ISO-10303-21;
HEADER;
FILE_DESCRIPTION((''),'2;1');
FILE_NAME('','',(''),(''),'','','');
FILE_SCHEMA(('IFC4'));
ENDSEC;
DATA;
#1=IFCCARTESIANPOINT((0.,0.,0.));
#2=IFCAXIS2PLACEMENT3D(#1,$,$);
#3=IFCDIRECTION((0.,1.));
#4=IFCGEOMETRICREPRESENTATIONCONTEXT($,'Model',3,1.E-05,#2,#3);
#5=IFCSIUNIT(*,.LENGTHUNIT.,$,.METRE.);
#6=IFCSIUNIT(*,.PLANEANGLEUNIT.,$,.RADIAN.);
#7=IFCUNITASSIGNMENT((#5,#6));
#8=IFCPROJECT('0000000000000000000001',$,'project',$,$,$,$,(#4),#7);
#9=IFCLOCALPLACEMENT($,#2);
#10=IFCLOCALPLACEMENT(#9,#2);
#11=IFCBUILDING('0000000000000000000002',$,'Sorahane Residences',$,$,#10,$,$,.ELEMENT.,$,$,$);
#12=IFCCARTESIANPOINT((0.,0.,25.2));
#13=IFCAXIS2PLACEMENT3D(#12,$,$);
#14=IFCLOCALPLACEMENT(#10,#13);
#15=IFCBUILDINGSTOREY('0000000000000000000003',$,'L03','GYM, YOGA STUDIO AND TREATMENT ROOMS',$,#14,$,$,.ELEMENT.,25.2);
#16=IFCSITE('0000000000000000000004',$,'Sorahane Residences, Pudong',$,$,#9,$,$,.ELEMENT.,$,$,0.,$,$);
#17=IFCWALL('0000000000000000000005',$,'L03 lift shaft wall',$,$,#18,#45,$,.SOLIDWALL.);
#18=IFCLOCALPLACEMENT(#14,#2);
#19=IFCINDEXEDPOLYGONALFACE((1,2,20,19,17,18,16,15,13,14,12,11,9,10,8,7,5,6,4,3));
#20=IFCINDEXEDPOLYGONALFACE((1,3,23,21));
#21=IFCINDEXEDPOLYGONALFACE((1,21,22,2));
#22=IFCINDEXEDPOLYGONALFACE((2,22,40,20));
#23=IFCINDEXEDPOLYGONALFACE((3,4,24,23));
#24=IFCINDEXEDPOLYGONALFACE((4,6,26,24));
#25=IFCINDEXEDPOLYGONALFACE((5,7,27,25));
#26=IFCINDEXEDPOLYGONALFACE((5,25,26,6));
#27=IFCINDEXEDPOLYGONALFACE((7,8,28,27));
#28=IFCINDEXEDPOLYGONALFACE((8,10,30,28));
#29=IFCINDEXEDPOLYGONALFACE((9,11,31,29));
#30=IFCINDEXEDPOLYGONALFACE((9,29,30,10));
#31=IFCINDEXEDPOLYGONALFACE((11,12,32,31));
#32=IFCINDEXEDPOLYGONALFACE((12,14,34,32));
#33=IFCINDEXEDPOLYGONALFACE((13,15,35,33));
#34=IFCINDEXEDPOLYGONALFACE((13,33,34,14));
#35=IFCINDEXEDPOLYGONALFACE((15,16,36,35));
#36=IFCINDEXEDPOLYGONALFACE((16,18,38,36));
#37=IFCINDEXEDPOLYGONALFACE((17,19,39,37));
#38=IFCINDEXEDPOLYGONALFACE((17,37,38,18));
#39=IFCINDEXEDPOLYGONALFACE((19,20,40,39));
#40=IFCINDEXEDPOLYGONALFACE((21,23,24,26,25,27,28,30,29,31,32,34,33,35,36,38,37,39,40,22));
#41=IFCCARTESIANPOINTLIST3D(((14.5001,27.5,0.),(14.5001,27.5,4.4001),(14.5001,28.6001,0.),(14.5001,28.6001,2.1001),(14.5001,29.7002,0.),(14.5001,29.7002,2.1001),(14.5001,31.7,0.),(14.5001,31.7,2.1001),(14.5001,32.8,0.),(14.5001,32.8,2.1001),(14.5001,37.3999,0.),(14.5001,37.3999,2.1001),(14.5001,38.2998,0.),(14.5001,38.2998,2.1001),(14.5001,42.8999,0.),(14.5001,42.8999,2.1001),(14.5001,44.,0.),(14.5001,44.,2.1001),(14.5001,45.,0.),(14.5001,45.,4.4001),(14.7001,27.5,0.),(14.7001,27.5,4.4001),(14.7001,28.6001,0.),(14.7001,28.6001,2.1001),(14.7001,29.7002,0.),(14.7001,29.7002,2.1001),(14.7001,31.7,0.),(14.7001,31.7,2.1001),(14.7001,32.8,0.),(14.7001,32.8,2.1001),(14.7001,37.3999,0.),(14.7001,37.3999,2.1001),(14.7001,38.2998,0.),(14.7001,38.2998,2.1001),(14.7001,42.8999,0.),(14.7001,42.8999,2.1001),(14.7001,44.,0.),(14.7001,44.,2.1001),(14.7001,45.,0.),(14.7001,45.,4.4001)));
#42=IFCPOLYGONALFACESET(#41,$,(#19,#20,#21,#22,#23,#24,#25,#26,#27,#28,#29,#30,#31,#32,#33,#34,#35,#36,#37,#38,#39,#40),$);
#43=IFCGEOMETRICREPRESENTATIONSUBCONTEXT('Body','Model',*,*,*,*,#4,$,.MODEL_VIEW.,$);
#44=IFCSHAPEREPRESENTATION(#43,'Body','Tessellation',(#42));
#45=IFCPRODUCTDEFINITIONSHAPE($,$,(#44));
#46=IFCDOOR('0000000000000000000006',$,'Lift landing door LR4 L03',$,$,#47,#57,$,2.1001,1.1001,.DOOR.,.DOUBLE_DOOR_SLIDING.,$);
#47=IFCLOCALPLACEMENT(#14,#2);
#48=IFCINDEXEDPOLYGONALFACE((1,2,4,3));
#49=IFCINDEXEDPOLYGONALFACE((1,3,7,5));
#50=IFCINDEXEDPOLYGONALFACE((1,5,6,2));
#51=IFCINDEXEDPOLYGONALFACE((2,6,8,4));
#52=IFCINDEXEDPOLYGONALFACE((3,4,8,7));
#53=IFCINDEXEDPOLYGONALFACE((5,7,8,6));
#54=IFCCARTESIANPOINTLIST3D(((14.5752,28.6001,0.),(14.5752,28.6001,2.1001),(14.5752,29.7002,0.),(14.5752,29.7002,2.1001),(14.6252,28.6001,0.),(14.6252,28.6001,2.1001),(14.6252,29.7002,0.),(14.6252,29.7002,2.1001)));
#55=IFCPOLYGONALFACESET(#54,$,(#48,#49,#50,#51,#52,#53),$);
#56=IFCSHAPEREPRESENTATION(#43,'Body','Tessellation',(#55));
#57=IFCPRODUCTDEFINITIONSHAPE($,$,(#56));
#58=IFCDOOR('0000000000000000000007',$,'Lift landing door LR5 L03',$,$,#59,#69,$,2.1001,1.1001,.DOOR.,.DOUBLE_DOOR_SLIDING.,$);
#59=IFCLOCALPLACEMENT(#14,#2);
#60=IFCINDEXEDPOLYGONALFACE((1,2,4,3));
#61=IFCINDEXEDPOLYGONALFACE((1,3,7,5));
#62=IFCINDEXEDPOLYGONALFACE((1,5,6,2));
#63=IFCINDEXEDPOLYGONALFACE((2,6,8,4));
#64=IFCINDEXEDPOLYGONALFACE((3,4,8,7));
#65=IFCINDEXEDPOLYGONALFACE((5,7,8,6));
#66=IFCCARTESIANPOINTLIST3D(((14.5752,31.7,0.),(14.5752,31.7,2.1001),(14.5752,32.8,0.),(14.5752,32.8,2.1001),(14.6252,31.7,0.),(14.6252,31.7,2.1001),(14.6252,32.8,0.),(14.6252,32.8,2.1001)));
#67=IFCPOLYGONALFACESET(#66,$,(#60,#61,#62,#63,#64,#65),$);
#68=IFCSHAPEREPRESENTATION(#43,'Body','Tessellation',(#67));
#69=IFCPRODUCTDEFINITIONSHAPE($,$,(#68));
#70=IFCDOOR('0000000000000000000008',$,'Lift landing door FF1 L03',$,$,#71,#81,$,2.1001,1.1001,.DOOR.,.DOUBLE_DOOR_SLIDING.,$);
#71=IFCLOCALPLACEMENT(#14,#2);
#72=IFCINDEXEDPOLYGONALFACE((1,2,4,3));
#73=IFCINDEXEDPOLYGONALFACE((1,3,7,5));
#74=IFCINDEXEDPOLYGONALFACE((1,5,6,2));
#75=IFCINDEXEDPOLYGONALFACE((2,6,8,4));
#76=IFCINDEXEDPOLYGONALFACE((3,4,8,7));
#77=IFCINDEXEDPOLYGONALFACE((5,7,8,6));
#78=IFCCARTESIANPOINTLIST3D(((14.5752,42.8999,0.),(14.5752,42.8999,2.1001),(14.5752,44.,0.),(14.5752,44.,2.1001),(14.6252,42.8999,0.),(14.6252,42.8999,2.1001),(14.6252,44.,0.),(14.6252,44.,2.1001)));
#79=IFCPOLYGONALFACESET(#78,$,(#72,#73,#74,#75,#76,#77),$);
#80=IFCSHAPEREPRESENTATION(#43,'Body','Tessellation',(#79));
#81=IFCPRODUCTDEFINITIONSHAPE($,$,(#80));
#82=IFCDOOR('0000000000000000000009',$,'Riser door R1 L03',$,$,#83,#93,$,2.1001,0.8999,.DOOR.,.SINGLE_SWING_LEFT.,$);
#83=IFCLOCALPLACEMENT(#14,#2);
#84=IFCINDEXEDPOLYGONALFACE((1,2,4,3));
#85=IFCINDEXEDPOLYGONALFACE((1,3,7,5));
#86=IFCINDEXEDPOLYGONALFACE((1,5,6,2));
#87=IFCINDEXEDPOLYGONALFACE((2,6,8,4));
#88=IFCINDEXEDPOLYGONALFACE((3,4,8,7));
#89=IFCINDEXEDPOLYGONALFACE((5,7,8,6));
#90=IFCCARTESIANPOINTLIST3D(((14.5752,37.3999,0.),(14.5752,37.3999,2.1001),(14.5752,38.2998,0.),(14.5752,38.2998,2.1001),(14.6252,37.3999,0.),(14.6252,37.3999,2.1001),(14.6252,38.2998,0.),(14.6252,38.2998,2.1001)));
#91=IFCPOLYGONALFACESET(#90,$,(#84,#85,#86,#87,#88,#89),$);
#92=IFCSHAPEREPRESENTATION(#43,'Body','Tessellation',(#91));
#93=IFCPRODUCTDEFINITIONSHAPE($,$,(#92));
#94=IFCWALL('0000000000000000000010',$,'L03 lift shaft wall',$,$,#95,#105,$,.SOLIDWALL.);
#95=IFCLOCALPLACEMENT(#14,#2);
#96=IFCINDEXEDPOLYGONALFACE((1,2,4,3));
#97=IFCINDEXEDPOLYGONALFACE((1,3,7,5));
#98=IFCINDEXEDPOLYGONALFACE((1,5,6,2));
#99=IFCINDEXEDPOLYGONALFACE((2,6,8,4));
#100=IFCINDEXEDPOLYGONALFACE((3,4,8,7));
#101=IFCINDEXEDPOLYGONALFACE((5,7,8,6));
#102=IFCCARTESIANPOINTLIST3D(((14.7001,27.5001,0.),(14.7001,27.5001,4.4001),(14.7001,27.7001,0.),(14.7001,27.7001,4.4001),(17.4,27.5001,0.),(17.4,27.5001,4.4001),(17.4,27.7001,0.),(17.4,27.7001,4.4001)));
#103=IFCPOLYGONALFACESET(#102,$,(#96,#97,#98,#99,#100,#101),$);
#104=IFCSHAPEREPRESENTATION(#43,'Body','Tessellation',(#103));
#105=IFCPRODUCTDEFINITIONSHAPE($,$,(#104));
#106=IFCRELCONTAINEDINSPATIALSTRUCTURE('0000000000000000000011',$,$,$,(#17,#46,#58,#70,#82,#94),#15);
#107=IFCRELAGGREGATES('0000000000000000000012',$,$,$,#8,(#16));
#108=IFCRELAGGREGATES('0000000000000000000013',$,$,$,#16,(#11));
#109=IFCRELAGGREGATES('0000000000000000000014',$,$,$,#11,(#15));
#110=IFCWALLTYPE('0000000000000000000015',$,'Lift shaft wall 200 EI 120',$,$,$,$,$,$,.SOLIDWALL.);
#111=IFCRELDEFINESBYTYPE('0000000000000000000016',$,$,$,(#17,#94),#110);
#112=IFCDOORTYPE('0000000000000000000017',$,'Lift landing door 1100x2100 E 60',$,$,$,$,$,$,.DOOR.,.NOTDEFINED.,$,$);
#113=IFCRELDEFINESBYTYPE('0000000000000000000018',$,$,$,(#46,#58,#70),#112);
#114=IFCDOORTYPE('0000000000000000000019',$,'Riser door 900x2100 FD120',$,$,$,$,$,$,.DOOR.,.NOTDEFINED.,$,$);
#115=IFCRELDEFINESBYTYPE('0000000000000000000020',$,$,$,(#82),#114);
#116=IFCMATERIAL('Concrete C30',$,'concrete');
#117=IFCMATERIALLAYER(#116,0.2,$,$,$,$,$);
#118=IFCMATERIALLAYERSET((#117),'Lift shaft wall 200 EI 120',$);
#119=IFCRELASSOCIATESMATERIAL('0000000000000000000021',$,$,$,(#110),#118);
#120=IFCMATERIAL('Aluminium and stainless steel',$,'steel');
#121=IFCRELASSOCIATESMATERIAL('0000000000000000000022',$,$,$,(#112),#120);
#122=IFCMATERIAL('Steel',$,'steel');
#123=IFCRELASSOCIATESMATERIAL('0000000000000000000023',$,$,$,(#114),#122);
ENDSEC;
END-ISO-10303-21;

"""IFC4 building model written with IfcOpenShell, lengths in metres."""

from ifc_helpers import new_model, si_unit, direction, frame, frame_2d, origin, place, context, subcontext, project, spatial, rectangle, extrude, material, layer, layer_set, type_object, element, fill, save


model = new_model("IFC4")

# Units and contexts
model_context = context("Model", 3, precision=1e-05, world=origin(), true_north=direction((0.0, 1.0)))
body_context = subcontext(model_context, "Body", "Model", "MODEL_VIEW")
ifc_project = project(units=[si_unit("LENGTHUNIT", "METRE"), si_unit("PLANEANGLEUNIT", "RADIAN")], contexts=[model_context])

# Site, building, storey
site_placement = place(None, origin())
site = spatial("IfcSite", under=ifc_project, at=site_placement, Name="Sorahane Residences, Pudong", CompositionType="ELEMENT", RefElevation=0.0)
building_placement = place(site_placement, origin())
building = spatial("IfcBuilding", under=site, at=building_placement, Name="Sorahane Residences", CompositionType="ELEMENT")
storey_placement = place(building_placement, frame((0.0, 0.0, 25.2)))
storey = spatial("IfcBuildingStorey", under=building, at=storey_placement, Name="L03", Description="GYM, YOGA STUDIO AND TREATMENT ROOMS", CompositionType="ELEMENT", Elevation=25.2)

# Wall, openings, doors
ifc_material_1 = material(Name="Concrete C30", Category="concrete")
ifc_layer_1 = layer(ifc_material_1, 0.2)
ifc_layer_set_1 = layer_set([ifc_layer_1], Name="Lift shaft wall 200 EI 120")
wall_type_1 = type_object("IfcWallType", Name="Lift shaft wall 200 EI 120", PredefinedType="SOLIDWALL", material=ifc_layer_set_1)
wall_1_placement = place(storey_placement, frame((14.6001, 27.5, 0.0), z_axis=(0.0, 0.0, 1.0), x_axis=(0.0, 1.0, 0.0)))
wall_1 = element("IfcWall", 1, at=wall_1_placement, inside=storey, type_object=wall_type_1, Name="L03 lift shaft wall", PredefinedType="SOLIDWALL", context=body_context, shape_type="SweptSolid", body=[
    extrude(rectangle(XDim=17.5, YDim=0.2, at=frame_2d((8.75, 0.0))), origin(), (0.0, 0.0, 1.0), 4.4001),
])
opening_1_placement = place(wall_1_placement, frame((1.1001, 0.0, 0.0)))
opening_1 = element("IfcOpeningElement", 2, at=opening_1_placement, cuts=wall_1, PredefinedType="OPENING", context=body_context, shape_type="SweptSolid", body=[
    extrude(rectangle(XDim=1.1001, YDim=2.1001, at=frame_2d((0.55, 1.05))), frame((0.0, 0.1099, 0.0), z_axis=(0.0, -1.0, 0.0), x_axis=(1.0, 0.0, 0.0)), (0.0, 0.0, 1.0), 0.22),
])
opening_2_placement = place(wall_1_placement, frame((4.2, 0.0, 0.0)))
opening_2 = element("IfcOpeningElement", 3, at=opening_2_placement, cuts=wall_1, PredefinedType="OPENING", context=body_context, shape_type="SweptSolid", body=[
    extrude(rectangle(XDim=1.1001, YDim=2.1001, at=frame_2d((0.55, 1.05))), frame((0.0, 0.1099, 0.0), z_axis=(0.0, -1.0, 0.0), x_axis=(1.0, 0.0, 0.0)), (0.0, 0.0, 1.0), 0.22),
])
opening_3_placement = place(wall_1_placement, frame((15.3999, 0.0, 0.0)))
opening_3 = element("IfcOpeningElement", 4, at=opening_3_placement, cuts=wall_1, PredefinedType="OPENING", context=body_context, shape_type="SweptSolid", body=[
    extrude(rectangle(XDim=1.1001, YDim=2.1001, at=frame_2d((0.55, 1.05))), frame((0.0, 0.1099, 0.0), z_axis=(0.0, -1.0, 0.0), x_axis=(1.0, 0.0, 0.0)), (0.0, 0.0, 1.0), 0.22),
])
opening_4_placement = place(wall_1_placement, frame((9.8999, 0.0, 0.0)))
opening_4 = element("IfcOpeningElement", 5, at=opening_4_placement, cuts=wall_1, PredefinedType="OPENING", context=body_context, shape_type="SweptSolid", body=[
    extrude(rectangle(XDim=0.8999, YDim=2.1001, at=frame_2d((0.45, 1.05))), frame((0.0, 0.1099, 0.0), z_axis=(0.0, -1.0, 0.0), x_axis=(1.0, 0.0, 0.0)), (0.0, 0.0, 1.0), 0.22),
])
ifc_material_2 = material(Name="Aluminium and stainless steel", Category="steel")
door_type_1 = type_object("IfcDoorType", Name="Lift landing door 1100x2100 E 60", OperationType="NOTDEFINED", PredefinedType="DOOR", material=ifc_material_2)
door_1_placement = place(opening_1_placement, origin())
door_1 = element("IfcDoor", 6, at=door_1_placement, inside=storey, type_object=door_type_1, Name="Lift landing door LR4 L03", OperationType="DOUBLE_DOOR_SLIDING", OverallHeight=2.1001, OverallWidth=1.1001, PredefinedType="DOOR", context=body_context, shape_type="SweptSolid", body=[
    extrude(rectangle(XDim=1.1001, YDim=2.1001, at=frame_2d((0.55, 1.05))), frame((0.0, 0.0249, 0.0), z_axis=(0.0, -1.0, 0.0), x_axis=(1.0, 0.0, 0.0)), (0.0, 0.0, 1.0), 0.05),
])
fill(opening_1, door_1)
door_2_placement = place(opening_2_placement, origin())
door_2 = element("IfcDoor", 7, at=door_2_placement, inside=storey, type_object=door_type_1, Name="Lift landing door LR5 L03", OperationType="DOUBLE_DOOR_SLIDING", OverallHeight=2.1001, OverallWidth=1.1001, PredefinedType="DOOR", context=body_context, shape_type="SweptSolid", body=[
    extrude(rectangle(XDim=1.1001, YDim=2.1001, at=frame_2d((0.55, 1.05))), frame((0.0, 0.0249, 0.0), z_axis=(0.0, -1.0, 0.0), x_axis=(1.0, 0.0, 0.0)), (0.0, 0.0, 1.0), 0.05),
])
fill(opening_2, door_2)
door_3_placement = place(opening_3_placement, origin())
door_3 = element("IfcDoor", 8, at=door_3_placement, inside=storey, type_object=door_type_1, Name="Lift landing door FF1 L03", OperationType="DOUBLE_DOOR_SLIDING", OverallHeight=2.1001, OverallWidth=1.1001, PredefinedType="DOOR", context=body_context, shape_type="SweptSolid", body=[
    extrude(rectangle(XDim=1.1001, YDim=2.1001, at=frame_2d((0.55, 1.05))), frame((0.0, 0.0249, 0.0), z_axis=(0.0, -1.0, 0.0), x_axis=(1.0, 0.0, 0.0)), (0.0, 0.0, 1.0), 0.05),
])
fill(opening_3, door_3)
ifc_material_3 = material(Name="Steel", Category="steel")
door_type_2 = type_object("IfcDoorType", Name="Riser door 900x2100 FD120", OperationType="NOTDEFINED", PredefinedType="DOOR", material=ifc_material_3)
door_4_placement = place(opening_4_placement, origin())
door_4 = element("IfcDoor", 9, at=door_4_placement, inside=storey, type_object=door_type_2, Name="Riser door R1 L03", OperationType="SINGLE_SWING_LEFT", OverallHeight=2.1001, OverallWidth=0.8999, PredefinedType="DOOR", context=body_context, shape_type="SweptSolid", body=[
    extrude(rectangle(XDim=0.8999, YDim=2.1001, at=frame_2d((0.45, 1.05))), frame((0.0, 0.0249, 0.0), z_axis=(0.0, -1.0, 0.0), x_axis=(1.0, 0.0, 0.0)), (0.0, 0.0, 1.0), 0.05),
])
fill(opening_4, door_4)

# Wall
wall_2_placement = place(storey_placement, frame((14.7, 27.6001, 0.0), z_axis=(0.0, 0.0, 1.0), x_axis=(1.0, 0.0, 0.0)))
element("IfcWall", 10, at=wall_2_placement, inside=storey, type_object=wall_type_1, Name="L03 lift shaft wall", PredefinedType="SOLIDWALL", context=body_context, shape_type="SweptSolid", body=[
    extrude(rectangle(XDim=2.7, YDim=0.2, at=frame_2d((1.3501, 0.0))), origin(), (0.0, 0.0, 1.0), 4.4001),
])

save(model, "model.ifc")
